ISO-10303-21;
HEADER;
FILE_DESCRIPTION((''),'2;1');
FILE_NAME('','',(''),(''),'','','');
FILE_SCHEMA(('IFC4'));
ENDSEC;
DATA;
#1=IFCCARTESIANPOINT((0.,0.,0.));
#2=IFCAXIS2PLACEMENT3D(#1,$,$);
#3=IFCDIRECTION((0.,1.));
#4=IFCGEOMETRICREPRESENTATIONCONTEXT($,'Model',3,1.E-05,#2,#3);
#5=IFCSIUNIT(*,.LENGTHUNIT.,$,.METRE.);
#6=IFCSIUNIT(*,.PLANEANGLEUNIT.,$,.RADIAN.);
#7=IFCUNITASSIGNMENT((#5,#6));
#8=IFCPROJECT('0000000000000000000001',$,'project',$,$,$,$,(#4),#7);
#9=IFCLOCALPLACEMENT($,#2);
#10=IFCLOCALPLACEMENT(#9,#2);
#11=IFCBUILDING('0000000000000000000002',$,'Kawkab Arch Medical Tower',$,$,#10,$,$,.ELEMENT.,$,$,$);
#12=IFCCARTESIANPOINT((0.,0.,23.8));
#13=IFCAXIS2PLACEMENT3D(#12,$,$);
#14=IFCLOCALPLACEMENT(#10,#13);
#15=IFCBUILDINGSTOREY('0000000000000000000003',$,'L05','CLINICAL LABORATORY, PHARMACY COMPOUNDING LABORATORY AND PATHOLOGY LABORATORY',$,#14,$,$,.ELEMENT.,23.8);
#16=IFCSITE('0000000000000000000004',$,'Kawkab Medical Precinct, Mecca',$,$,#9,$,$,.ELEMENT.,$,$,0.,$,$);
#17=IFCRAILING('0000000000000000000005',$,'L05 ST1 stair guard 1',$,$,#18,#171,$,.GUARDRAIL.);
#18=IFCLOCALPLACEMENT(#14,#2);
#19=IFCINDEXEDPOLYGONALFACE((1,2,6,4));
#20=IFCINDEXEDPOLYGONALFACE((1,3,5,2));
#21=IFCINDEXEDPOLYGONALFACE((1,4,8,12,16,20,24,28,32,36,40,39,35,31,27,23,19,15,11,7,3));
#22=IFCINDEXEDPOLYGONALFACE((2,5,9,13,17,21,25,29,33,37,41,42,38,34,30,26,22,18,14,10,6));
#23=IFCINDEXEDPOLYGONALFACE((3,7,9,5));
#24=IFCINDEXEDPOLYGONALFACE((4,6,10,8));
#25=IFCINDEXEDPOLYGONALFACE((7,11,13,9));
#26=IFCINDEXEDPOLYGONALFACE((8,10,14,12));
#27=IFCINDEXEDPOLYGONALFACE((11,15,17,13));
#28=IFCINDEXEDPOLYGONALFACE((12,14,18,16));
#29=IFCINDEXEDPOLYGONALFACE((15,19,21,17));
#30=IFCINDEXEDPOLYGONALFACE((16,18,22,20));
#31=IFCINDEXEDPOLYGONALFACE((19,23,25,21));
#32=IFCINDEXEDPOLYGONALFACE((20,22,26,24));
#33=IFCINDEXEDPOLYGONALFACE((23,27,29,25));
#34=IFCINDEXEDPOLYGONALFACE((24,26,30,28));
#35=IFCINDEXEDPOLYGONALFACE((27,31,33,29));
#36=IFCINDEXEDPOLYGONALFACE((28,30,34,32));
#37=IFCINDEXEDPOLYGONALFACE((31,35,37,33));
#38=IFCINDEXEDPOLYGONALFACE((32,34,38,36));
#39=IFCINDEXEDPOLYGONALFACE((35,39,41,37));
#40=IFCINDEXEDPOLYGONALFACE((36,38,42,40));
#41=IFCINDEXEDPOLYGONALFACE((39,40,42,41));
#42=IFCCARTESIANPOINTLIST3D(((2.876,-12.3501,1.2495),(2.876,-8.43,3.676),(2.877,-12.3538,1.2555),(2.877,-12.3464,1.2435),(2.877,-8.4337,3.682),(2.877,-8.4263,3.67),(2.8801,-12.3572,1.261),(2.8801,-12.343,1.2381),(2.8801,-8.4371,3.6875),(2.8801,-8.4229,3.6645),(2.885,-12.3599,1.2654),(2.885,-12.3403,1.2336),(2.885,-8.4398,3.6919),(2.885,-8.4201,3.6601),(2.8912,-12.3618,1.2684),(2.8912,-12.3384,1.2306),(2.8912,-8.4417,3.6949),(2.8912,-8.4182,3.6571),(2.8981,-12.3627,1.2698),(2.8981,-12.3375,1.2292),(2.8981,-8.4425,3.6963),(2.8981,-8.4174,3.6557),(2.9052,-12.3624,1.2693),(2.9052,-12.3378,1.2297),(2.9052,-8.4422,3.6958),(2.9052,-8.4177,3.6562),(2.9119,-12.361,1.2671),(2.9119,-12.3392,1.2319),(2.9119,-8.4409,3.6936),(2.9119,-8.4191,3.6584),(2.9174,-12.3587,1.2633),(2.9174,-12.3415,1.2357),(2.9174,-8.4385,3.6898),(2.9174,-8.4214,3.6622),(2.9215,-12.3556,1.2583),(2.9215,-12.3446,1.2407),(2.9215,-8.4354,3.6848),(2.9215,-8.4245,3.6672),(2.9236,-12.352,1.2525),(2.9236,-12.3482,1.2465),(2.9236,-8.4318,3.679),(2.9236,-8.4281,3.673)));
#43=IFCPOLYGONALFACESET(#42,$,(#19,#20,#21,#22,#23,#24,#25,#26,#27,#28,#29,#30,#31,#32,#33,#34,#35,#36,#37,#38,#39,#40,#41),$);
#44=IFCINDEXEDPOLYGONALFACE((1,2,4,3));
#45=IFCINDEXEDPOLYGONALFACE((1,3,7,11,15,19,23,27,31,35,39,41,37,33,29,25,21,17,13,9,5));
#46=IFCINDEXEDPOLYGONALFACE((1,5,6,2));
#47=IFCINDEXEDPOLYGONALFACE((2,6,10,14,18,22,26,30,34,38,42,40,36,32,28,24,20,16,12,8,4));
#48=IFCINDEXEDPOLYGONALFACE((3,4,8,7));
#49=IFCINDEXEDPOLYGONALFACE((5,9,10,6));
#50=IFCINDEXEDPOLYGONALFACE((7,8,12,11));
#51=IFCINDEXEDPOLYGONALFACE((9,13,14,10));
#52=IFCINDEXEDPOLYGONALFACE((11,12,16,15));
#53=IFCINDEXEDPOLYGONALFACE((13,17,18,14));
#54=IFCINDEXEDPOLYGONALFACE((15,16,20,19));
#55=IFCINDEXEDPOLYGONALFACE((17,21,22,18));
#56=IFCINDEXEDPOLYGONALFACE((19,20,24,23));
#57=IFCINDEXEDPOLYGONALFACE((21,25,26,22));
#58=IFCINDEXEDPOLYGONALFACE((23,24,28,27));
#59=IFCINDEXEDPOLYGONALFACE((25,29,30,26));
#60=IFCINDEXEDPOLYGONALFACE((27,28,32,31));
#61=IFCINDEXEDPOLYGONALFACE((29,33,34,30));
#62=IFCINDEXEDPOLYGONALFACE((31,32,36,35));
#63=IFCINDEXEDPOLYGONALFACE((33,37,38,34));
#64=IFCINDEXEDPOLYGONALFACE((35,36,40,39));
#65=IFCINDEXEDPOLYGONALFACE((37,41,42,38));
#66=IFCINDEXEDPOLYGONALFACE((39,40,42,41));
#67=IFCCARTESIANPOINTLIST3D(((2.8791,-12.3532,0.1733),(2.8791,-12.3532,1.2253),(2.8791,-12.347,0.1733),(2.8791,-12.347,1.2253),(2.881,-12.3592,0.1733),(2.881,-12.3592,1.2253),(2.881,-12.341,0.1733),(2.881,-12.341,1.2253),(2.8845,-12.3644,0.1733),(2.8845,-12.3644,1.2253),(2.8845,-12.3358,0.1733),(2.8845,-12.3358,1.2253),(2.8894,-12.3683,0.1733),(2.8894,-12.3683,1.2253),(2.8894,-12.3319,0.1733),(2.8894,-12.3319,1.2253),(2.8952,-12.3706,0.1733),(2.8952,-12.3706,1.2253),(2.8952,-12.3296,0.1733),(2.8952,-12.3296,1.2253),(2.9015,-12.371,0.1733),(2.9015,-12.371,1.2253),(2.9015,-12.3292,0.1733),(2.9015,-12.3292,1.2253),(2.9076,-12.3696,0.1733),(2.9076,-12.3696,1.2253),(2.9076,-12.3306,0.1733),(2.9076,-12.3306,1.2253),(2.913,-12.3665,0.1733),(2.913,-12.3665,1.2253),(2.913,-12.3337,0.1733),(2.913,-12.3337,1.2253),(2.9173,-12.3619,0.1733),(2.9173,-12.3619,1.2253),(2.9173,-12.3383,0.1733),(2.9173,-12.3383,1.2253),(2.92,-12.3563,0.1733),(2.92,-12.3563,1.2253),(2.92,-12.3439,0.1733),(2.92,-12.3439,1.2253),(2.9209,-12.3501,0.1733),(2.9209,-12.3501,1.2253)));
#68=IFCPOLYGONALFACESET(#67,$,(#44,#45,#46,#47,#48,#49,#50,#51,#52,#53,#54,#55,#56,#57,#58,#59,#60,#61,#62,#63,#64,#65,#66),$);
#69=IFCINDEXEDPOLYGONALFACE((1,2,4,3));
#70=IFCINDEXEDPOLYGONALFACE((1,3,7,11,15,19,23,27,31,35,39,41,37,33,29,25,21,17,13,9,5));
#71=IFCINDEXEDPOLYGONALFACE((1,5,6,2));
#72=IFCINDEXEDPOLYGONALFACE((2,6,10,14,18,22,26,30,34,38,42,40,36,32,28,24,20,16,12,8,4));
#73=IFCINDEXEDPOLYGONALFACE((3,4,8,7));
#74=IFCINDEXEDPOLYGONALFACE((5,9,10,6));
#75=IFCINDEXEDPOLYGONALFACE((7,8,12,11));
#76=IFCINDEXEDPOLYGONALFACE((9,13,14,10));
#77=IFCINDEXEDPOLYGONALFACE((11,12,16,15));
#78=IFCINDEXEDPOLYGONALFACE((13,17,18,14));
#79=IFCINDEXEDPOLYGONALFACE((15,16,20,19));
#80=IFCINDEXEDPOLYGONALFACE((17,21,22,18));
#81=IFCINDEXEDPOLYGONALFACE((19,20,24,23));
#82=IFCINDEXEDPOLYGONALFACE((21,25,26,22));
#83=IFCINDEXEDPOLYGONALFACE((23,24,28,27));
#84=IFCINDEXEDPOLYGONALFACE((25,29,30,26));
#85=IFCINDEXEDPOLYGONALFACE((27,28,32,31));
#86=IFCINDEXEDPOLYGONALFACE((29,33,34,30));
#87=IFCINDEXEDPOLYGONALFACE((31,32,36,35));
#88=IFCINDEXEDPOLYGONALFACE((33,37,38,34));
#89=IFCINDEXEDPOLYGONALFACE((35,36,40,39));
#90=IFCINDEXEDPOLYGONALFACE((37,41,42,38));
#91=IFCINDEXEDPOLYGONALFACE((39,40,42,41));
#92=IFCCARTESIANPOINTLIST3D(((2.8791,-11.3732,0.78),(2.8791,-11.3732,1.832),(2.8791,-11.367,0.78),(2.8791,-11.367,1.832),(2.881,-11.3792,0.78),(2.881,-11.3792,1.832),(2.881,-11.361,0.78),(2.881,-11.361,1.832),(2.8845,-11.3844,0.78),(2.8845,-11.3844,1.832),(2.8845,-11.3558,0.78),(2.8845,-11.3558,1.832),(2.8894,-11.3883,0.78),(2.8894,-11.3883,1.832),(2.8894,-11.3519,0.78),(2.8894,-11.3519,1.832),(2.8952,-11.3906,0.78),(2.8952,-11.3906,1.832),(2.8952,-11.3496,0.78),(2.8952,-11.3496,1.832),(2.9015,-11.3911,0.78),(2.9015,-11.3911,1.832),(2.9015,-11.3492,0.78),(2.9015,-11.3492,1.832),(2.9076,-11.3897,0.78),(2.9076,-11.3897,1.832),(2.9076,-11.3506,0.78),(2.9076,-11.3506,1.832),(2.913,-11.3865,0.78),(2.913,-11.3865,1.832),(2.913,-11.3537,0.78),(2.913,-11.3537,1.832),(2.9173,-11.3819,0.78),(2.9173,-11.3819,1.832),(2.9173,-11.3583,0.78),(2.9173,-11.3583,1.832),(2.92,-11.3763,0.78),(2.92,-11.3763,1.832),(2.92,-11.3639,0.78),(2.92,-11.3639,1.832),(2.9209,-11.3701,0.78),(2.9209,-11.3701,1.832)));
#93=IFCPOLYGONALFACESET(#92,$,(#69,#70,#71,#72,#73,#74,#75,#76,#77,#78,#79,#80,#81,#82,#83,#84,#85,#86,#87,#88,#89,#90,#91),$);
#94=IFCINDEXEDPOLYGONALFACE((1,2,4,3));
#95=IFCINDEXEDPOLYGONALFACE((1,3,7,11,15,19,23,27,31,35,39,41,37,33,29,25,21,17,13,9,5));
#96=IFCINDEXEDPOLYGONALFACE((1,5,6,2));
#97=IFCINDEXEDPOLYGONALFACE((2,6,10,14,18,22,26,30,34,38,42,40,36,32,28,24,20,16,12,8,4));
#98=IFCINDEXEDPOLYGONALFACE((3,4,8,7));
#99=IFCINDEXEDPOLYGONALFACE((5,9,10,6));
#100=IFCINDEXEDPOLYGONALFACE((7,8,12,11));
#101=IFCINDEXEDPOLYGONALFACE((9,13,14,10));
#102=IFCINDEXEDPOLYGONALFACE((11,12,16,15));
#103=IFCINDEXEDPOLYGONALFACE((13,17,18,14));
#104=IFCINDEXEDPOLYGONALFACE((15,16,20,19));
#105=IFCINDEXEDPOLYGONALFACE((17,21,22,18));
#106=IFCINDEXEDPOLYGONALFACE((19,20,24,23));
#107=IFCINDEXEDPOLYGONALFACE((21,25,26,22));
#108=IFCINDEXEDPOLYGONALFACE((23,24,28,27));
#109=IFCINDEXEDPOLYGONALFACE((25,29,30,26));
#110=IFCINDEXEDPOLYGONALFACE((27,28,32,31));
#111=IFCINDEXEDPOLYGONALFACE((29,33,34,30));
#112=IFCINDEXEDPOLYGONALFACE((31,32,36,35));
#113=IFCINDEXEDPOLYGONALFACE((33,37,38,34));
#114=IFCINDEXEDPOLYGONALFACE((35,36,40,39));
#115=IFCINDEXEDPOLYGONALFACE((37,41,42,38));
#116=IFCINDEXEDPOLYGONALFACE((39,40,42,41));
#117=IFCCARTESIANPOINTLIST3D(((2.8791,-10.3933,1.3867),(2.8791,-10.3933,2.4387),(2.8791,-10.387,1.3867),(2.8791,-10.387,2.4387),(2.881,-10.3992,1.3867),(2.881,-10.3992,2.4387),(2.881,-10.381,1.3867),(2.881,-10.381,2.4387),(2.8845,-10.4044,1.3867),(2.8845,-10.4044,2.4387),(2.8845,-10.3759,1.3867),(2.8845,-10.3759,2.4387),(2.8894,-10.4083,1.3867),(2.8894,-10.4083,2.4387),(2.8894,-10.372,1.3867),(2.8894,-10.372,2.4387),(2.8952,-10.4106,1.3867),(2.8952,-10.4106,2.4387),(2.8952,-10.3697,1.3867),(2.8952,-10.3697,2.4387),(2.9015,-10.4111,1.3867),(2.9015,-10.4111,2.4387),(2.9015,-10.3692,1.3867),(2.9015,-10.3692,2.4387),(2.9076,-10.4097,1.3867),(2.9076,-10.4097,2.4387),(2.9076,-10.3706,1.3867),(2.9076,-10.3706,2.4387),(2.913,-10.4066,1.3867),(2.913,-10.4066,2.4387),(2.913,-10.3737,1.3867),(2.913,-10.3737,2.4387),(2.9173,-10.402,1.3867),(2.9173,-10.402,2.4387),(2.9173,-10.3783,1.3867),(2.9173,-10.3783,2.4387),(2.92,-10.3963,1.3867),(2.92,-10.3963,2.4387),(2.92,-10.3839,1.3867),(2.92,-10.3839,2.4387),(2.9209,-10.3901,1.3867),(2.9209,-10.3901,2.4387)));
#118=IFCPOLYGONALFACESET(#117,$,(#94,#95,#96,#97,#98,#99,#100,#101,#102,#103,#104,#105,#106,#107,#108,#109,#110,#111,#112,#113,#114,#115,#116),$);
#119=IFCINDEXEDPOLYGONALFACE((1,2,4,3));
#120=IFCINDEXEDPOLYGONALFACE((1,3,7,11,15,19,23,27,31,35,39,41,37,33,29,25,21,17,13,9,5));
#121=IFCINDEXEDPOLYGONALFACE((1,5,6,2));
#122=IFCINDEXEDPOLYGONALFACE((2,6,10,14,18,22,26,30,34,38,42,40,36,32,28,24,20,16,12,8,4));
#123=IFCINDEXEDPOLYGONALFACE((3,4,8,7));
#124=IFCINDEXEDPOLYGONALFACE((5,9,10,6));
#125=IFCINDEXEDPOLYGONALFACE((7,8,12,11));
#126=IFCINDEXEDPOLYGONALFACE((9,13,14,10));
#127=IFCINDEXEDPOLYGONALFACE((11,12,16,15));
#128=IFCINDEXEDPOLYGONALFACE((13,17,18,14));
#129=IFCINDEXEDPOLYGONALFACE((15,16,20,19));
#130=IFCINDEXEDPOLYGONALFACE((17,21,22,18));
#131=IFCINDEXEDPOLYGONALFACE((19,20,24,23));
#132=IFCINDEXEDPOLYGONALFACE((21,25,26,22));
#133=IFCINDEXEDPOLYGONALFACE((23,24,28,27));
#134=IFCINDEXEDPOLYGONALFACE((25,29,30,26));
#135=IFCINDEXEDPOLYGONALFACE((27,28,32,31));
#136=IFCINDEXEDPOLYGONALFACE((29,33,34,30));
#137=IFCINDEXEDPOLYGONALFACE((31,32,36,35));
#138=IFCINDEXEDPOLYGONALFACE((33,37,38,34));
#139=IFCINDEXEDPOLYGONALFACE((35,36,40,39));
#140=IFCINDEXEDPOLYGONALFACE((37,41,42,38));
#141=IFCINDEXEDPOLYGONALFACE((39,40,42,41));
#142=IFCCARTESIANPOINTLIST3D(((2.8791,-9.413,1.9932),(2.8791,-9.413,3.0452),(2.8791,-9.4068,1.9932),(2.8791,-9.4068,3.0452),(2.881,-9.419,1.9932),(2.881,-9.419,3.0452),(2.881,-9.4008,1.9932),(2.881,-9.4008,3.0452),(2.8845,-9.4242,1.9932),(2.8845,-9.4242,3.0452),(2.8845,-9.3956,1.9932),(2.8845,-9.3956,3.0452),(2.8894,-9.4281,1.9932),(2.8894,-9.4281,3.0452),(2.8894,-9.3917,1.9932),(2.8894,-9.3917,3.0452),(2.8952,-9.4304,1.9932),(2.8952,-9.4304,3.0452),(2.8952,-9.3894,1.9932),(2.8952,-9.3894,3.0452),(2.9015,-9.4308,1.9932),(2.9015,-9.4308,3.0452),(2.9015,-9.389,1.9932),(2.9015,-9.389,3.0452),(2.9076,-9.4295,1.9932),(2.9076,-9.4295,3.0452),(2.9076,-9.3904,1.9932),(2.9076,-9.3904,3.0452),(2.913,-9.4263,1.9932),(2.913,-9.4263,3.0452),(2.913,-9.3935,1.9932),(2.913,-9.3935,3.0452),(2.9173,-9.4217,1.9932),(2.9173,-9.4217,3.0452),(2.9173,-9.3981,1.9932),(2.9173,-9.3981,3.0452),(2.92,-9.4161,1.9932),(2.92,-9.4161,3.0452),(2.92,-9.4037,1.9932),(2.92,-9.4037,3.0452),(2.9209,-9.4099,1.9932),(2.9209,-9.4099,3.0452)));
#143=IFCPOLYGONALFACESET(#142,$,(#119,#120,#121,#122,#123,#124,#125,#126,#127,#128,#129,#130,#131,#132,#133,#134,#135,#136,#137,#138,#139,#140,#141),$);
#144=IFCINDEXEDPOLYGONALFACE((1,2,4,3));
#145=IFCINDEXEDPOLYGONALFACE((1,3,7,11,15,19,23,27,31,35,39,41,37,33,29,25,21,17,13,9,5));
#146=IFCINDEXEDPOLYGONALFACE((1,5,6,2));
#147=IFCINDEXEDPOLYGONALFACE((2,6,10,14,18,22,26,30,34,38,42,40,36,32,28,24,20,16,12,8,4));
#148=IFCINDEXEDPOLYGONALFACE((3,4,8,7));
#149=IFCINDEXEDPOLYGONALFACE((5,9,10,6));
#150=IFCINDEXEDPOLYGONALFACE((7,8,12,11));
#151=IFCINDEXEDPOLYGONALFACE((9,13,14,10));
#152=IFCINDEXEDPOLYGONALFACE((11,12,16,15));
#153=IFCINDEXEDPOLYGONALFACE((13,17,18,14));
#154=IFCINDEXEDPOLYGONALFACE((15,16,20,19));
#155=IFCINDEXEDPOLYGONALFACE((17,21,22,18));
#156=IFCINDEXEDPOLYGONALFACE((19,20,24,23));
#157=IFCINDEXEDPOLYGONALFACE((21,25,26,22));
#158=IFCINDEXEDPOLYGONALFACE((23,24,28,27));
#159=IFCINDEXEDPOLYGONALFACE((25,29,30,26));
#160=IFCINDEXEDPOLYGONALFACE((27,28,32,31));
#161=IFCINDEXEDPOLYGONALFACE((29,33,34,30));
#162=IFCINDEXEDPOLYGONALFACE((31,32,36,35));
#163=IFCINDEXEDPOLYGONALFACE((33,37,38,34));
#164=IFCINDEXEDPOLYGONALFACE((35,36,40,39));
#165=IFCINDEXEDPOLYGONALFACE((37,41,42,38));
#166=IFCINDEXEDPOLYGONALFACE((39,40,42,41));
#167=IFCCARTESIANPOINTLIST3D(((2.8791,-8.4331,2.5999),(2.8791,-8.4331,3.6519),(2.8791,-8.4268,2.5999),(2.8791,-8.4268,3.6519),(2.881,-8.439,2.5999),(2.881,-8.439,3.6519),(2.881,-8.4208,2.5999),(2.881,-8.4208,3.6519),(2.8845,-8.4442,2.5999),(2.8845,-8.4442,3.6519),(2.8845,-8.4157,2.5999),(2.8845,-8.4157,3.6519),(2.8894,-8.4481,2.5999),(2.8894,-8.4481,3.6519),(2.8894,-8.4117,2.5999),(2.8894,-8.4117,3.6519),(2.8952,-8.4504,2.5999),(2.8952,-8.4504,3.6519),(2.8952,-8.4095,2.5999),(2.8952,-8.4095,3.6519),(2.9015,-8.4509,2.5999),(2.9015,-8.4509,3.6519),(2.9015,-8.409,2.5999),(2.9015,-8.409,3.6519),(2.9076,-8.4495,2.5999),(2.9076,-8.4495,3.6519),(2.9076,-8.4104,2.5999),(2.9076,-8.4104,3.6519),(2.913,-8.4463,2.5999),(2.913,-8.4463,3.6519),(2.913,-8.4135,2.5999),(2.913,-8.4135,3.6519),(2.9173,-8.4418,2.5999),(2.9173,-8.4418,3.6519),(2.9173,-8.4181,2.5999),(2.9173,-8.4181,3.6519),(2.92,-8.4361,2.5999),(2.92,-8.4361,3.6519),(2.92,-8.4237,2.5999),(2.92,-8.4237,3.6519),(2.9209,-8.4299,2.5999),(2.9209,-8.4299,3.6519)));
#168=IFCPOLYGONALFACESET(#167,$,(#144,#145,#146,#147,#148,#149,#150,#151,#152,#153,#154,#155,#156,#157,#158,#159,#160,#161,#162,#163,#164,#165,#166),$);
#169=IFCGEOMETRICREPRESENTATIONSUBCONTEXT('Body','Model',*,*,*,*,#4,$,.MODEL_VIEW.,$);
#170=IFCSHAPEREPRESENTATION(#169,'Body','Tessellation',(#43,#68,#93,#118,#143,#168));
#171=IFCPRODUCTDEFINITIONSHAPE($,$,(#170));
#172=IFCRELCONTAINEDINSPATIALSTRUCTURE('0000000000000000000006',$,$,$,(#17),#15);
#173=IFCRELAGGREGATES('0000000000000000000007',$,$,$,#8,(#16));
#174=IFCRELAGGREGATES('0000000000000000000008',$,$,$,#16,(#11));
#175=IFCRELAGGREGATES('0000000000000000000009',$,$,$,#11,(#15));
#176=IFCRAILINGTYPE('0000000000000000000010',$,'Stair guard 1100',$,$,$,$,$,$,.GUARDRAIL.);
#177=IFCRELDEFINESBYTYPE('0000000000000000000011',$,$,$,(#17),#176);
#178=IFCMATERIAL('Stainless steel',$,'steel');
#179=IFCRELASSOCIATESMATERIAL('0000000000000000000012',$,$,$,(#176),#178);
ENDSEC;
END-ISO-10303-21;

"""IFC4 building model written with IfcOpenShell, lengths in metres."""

from ifc_helpers import new_model, si_unit, direction, frame, origin, origin_2d, place, context, subcontext, project, spatial, circle, extrude, material, type_object, element, save


model = new_model("IFC4")

# Units and contexts
model_context = context("Model", 3, precision=1e-05, world=origin(), true_north=direction((0.0, 1.0)))
body_context = subcontext(model_context, "Body", "Model", "MODEL_VIEW")
ifc_project = project(units=[si_unit("LENGTHUNIT", "METRE"), si_unit("PLANEANGLEUNIT", "RADIAN")], contexts=[model_context])

# Site, building, storey
site_placement = place(None, origin())
site = spatial("IfcSite", under=ifc_project, at=site_placement, Name="Kawkab Medical Precinct, Mecca", CompositionType="ELEMENT", RefElevation=0.0)
building_placement = place(site_placement, origin())
building = spatial("IfcBuilding", under=site, at=building_placement, Name="Kawkab Arch Medical Tower", CompositionType="ELEMENT")
storey_placement = place(building_placement, frame((0.0, 0.0, 23.8)))
storey = spatial("IfcBuildingStorey", under=building, at=storey_placement, Name="L05", Description="CLINICAL LABORATORY, PHARMACY COMPOUNDING LABORATORY AND PATHOLOGY LABORATORY", CompositionType="ELEMENT", Elevation=23.8)

# Railing
ifc_material_1 = material(Name="Stainless steel", Category="steel")
railing_type = type_object("IfcRailingType", Name="Stair guard 1100", PredefinedType="GUARDRAIL", material=ifc_material_1)
railing_1_placement = place(storey_placement, frame((2.8999, -12.3501, 0.1733)))
element("IfcRailing", 1, at=railing_1_placement, inside=storey, type_object=railing_type, Name="L05 ST1 stair guard 1", PredefinedType="GUARDRAIL", context=body_context, shape_type="SweptSolid", body=[
    extrude(circle(Radius=0.0239, at=origin_2d()), frame((0.0, 0.0, 1.0762), z_axis=(0.0, 0.85029, 0.526315), x_axis=(-1.0, 0.0, 0.0)), (0.0, 0.0, 1.0), 4.6104),
    extrude(circle(Radius=0.021, at=origin_2d()), origin(), (0.0, 0.0, 1.0), 1.052),
    extrude(circle(Radius=0.021, at=origin_2d()), frame((0.0, 0.98, 0.6067)), (0.0, 0.0, 1.0), 1.052),
    extrude(circle(Radius=0.021, at=origin_2d()), frame((0.0, 1.96, 1.2134)), (0.0, 0.0, 1.0), 1.052),
    extrude(circle(Radius=0.021, at=origin_2d()), frame((0.0, 2.9402, 1.8198)), (0.0, 0.0, 1.0), 1.052),
    extrude(circle(Radius=0.021, at=origin_2d()), frame((0.0, 3.9202, 2.4265)), (0.0, 0.0, 1.0), 1.052),
])

save(model, "model.ifc")
